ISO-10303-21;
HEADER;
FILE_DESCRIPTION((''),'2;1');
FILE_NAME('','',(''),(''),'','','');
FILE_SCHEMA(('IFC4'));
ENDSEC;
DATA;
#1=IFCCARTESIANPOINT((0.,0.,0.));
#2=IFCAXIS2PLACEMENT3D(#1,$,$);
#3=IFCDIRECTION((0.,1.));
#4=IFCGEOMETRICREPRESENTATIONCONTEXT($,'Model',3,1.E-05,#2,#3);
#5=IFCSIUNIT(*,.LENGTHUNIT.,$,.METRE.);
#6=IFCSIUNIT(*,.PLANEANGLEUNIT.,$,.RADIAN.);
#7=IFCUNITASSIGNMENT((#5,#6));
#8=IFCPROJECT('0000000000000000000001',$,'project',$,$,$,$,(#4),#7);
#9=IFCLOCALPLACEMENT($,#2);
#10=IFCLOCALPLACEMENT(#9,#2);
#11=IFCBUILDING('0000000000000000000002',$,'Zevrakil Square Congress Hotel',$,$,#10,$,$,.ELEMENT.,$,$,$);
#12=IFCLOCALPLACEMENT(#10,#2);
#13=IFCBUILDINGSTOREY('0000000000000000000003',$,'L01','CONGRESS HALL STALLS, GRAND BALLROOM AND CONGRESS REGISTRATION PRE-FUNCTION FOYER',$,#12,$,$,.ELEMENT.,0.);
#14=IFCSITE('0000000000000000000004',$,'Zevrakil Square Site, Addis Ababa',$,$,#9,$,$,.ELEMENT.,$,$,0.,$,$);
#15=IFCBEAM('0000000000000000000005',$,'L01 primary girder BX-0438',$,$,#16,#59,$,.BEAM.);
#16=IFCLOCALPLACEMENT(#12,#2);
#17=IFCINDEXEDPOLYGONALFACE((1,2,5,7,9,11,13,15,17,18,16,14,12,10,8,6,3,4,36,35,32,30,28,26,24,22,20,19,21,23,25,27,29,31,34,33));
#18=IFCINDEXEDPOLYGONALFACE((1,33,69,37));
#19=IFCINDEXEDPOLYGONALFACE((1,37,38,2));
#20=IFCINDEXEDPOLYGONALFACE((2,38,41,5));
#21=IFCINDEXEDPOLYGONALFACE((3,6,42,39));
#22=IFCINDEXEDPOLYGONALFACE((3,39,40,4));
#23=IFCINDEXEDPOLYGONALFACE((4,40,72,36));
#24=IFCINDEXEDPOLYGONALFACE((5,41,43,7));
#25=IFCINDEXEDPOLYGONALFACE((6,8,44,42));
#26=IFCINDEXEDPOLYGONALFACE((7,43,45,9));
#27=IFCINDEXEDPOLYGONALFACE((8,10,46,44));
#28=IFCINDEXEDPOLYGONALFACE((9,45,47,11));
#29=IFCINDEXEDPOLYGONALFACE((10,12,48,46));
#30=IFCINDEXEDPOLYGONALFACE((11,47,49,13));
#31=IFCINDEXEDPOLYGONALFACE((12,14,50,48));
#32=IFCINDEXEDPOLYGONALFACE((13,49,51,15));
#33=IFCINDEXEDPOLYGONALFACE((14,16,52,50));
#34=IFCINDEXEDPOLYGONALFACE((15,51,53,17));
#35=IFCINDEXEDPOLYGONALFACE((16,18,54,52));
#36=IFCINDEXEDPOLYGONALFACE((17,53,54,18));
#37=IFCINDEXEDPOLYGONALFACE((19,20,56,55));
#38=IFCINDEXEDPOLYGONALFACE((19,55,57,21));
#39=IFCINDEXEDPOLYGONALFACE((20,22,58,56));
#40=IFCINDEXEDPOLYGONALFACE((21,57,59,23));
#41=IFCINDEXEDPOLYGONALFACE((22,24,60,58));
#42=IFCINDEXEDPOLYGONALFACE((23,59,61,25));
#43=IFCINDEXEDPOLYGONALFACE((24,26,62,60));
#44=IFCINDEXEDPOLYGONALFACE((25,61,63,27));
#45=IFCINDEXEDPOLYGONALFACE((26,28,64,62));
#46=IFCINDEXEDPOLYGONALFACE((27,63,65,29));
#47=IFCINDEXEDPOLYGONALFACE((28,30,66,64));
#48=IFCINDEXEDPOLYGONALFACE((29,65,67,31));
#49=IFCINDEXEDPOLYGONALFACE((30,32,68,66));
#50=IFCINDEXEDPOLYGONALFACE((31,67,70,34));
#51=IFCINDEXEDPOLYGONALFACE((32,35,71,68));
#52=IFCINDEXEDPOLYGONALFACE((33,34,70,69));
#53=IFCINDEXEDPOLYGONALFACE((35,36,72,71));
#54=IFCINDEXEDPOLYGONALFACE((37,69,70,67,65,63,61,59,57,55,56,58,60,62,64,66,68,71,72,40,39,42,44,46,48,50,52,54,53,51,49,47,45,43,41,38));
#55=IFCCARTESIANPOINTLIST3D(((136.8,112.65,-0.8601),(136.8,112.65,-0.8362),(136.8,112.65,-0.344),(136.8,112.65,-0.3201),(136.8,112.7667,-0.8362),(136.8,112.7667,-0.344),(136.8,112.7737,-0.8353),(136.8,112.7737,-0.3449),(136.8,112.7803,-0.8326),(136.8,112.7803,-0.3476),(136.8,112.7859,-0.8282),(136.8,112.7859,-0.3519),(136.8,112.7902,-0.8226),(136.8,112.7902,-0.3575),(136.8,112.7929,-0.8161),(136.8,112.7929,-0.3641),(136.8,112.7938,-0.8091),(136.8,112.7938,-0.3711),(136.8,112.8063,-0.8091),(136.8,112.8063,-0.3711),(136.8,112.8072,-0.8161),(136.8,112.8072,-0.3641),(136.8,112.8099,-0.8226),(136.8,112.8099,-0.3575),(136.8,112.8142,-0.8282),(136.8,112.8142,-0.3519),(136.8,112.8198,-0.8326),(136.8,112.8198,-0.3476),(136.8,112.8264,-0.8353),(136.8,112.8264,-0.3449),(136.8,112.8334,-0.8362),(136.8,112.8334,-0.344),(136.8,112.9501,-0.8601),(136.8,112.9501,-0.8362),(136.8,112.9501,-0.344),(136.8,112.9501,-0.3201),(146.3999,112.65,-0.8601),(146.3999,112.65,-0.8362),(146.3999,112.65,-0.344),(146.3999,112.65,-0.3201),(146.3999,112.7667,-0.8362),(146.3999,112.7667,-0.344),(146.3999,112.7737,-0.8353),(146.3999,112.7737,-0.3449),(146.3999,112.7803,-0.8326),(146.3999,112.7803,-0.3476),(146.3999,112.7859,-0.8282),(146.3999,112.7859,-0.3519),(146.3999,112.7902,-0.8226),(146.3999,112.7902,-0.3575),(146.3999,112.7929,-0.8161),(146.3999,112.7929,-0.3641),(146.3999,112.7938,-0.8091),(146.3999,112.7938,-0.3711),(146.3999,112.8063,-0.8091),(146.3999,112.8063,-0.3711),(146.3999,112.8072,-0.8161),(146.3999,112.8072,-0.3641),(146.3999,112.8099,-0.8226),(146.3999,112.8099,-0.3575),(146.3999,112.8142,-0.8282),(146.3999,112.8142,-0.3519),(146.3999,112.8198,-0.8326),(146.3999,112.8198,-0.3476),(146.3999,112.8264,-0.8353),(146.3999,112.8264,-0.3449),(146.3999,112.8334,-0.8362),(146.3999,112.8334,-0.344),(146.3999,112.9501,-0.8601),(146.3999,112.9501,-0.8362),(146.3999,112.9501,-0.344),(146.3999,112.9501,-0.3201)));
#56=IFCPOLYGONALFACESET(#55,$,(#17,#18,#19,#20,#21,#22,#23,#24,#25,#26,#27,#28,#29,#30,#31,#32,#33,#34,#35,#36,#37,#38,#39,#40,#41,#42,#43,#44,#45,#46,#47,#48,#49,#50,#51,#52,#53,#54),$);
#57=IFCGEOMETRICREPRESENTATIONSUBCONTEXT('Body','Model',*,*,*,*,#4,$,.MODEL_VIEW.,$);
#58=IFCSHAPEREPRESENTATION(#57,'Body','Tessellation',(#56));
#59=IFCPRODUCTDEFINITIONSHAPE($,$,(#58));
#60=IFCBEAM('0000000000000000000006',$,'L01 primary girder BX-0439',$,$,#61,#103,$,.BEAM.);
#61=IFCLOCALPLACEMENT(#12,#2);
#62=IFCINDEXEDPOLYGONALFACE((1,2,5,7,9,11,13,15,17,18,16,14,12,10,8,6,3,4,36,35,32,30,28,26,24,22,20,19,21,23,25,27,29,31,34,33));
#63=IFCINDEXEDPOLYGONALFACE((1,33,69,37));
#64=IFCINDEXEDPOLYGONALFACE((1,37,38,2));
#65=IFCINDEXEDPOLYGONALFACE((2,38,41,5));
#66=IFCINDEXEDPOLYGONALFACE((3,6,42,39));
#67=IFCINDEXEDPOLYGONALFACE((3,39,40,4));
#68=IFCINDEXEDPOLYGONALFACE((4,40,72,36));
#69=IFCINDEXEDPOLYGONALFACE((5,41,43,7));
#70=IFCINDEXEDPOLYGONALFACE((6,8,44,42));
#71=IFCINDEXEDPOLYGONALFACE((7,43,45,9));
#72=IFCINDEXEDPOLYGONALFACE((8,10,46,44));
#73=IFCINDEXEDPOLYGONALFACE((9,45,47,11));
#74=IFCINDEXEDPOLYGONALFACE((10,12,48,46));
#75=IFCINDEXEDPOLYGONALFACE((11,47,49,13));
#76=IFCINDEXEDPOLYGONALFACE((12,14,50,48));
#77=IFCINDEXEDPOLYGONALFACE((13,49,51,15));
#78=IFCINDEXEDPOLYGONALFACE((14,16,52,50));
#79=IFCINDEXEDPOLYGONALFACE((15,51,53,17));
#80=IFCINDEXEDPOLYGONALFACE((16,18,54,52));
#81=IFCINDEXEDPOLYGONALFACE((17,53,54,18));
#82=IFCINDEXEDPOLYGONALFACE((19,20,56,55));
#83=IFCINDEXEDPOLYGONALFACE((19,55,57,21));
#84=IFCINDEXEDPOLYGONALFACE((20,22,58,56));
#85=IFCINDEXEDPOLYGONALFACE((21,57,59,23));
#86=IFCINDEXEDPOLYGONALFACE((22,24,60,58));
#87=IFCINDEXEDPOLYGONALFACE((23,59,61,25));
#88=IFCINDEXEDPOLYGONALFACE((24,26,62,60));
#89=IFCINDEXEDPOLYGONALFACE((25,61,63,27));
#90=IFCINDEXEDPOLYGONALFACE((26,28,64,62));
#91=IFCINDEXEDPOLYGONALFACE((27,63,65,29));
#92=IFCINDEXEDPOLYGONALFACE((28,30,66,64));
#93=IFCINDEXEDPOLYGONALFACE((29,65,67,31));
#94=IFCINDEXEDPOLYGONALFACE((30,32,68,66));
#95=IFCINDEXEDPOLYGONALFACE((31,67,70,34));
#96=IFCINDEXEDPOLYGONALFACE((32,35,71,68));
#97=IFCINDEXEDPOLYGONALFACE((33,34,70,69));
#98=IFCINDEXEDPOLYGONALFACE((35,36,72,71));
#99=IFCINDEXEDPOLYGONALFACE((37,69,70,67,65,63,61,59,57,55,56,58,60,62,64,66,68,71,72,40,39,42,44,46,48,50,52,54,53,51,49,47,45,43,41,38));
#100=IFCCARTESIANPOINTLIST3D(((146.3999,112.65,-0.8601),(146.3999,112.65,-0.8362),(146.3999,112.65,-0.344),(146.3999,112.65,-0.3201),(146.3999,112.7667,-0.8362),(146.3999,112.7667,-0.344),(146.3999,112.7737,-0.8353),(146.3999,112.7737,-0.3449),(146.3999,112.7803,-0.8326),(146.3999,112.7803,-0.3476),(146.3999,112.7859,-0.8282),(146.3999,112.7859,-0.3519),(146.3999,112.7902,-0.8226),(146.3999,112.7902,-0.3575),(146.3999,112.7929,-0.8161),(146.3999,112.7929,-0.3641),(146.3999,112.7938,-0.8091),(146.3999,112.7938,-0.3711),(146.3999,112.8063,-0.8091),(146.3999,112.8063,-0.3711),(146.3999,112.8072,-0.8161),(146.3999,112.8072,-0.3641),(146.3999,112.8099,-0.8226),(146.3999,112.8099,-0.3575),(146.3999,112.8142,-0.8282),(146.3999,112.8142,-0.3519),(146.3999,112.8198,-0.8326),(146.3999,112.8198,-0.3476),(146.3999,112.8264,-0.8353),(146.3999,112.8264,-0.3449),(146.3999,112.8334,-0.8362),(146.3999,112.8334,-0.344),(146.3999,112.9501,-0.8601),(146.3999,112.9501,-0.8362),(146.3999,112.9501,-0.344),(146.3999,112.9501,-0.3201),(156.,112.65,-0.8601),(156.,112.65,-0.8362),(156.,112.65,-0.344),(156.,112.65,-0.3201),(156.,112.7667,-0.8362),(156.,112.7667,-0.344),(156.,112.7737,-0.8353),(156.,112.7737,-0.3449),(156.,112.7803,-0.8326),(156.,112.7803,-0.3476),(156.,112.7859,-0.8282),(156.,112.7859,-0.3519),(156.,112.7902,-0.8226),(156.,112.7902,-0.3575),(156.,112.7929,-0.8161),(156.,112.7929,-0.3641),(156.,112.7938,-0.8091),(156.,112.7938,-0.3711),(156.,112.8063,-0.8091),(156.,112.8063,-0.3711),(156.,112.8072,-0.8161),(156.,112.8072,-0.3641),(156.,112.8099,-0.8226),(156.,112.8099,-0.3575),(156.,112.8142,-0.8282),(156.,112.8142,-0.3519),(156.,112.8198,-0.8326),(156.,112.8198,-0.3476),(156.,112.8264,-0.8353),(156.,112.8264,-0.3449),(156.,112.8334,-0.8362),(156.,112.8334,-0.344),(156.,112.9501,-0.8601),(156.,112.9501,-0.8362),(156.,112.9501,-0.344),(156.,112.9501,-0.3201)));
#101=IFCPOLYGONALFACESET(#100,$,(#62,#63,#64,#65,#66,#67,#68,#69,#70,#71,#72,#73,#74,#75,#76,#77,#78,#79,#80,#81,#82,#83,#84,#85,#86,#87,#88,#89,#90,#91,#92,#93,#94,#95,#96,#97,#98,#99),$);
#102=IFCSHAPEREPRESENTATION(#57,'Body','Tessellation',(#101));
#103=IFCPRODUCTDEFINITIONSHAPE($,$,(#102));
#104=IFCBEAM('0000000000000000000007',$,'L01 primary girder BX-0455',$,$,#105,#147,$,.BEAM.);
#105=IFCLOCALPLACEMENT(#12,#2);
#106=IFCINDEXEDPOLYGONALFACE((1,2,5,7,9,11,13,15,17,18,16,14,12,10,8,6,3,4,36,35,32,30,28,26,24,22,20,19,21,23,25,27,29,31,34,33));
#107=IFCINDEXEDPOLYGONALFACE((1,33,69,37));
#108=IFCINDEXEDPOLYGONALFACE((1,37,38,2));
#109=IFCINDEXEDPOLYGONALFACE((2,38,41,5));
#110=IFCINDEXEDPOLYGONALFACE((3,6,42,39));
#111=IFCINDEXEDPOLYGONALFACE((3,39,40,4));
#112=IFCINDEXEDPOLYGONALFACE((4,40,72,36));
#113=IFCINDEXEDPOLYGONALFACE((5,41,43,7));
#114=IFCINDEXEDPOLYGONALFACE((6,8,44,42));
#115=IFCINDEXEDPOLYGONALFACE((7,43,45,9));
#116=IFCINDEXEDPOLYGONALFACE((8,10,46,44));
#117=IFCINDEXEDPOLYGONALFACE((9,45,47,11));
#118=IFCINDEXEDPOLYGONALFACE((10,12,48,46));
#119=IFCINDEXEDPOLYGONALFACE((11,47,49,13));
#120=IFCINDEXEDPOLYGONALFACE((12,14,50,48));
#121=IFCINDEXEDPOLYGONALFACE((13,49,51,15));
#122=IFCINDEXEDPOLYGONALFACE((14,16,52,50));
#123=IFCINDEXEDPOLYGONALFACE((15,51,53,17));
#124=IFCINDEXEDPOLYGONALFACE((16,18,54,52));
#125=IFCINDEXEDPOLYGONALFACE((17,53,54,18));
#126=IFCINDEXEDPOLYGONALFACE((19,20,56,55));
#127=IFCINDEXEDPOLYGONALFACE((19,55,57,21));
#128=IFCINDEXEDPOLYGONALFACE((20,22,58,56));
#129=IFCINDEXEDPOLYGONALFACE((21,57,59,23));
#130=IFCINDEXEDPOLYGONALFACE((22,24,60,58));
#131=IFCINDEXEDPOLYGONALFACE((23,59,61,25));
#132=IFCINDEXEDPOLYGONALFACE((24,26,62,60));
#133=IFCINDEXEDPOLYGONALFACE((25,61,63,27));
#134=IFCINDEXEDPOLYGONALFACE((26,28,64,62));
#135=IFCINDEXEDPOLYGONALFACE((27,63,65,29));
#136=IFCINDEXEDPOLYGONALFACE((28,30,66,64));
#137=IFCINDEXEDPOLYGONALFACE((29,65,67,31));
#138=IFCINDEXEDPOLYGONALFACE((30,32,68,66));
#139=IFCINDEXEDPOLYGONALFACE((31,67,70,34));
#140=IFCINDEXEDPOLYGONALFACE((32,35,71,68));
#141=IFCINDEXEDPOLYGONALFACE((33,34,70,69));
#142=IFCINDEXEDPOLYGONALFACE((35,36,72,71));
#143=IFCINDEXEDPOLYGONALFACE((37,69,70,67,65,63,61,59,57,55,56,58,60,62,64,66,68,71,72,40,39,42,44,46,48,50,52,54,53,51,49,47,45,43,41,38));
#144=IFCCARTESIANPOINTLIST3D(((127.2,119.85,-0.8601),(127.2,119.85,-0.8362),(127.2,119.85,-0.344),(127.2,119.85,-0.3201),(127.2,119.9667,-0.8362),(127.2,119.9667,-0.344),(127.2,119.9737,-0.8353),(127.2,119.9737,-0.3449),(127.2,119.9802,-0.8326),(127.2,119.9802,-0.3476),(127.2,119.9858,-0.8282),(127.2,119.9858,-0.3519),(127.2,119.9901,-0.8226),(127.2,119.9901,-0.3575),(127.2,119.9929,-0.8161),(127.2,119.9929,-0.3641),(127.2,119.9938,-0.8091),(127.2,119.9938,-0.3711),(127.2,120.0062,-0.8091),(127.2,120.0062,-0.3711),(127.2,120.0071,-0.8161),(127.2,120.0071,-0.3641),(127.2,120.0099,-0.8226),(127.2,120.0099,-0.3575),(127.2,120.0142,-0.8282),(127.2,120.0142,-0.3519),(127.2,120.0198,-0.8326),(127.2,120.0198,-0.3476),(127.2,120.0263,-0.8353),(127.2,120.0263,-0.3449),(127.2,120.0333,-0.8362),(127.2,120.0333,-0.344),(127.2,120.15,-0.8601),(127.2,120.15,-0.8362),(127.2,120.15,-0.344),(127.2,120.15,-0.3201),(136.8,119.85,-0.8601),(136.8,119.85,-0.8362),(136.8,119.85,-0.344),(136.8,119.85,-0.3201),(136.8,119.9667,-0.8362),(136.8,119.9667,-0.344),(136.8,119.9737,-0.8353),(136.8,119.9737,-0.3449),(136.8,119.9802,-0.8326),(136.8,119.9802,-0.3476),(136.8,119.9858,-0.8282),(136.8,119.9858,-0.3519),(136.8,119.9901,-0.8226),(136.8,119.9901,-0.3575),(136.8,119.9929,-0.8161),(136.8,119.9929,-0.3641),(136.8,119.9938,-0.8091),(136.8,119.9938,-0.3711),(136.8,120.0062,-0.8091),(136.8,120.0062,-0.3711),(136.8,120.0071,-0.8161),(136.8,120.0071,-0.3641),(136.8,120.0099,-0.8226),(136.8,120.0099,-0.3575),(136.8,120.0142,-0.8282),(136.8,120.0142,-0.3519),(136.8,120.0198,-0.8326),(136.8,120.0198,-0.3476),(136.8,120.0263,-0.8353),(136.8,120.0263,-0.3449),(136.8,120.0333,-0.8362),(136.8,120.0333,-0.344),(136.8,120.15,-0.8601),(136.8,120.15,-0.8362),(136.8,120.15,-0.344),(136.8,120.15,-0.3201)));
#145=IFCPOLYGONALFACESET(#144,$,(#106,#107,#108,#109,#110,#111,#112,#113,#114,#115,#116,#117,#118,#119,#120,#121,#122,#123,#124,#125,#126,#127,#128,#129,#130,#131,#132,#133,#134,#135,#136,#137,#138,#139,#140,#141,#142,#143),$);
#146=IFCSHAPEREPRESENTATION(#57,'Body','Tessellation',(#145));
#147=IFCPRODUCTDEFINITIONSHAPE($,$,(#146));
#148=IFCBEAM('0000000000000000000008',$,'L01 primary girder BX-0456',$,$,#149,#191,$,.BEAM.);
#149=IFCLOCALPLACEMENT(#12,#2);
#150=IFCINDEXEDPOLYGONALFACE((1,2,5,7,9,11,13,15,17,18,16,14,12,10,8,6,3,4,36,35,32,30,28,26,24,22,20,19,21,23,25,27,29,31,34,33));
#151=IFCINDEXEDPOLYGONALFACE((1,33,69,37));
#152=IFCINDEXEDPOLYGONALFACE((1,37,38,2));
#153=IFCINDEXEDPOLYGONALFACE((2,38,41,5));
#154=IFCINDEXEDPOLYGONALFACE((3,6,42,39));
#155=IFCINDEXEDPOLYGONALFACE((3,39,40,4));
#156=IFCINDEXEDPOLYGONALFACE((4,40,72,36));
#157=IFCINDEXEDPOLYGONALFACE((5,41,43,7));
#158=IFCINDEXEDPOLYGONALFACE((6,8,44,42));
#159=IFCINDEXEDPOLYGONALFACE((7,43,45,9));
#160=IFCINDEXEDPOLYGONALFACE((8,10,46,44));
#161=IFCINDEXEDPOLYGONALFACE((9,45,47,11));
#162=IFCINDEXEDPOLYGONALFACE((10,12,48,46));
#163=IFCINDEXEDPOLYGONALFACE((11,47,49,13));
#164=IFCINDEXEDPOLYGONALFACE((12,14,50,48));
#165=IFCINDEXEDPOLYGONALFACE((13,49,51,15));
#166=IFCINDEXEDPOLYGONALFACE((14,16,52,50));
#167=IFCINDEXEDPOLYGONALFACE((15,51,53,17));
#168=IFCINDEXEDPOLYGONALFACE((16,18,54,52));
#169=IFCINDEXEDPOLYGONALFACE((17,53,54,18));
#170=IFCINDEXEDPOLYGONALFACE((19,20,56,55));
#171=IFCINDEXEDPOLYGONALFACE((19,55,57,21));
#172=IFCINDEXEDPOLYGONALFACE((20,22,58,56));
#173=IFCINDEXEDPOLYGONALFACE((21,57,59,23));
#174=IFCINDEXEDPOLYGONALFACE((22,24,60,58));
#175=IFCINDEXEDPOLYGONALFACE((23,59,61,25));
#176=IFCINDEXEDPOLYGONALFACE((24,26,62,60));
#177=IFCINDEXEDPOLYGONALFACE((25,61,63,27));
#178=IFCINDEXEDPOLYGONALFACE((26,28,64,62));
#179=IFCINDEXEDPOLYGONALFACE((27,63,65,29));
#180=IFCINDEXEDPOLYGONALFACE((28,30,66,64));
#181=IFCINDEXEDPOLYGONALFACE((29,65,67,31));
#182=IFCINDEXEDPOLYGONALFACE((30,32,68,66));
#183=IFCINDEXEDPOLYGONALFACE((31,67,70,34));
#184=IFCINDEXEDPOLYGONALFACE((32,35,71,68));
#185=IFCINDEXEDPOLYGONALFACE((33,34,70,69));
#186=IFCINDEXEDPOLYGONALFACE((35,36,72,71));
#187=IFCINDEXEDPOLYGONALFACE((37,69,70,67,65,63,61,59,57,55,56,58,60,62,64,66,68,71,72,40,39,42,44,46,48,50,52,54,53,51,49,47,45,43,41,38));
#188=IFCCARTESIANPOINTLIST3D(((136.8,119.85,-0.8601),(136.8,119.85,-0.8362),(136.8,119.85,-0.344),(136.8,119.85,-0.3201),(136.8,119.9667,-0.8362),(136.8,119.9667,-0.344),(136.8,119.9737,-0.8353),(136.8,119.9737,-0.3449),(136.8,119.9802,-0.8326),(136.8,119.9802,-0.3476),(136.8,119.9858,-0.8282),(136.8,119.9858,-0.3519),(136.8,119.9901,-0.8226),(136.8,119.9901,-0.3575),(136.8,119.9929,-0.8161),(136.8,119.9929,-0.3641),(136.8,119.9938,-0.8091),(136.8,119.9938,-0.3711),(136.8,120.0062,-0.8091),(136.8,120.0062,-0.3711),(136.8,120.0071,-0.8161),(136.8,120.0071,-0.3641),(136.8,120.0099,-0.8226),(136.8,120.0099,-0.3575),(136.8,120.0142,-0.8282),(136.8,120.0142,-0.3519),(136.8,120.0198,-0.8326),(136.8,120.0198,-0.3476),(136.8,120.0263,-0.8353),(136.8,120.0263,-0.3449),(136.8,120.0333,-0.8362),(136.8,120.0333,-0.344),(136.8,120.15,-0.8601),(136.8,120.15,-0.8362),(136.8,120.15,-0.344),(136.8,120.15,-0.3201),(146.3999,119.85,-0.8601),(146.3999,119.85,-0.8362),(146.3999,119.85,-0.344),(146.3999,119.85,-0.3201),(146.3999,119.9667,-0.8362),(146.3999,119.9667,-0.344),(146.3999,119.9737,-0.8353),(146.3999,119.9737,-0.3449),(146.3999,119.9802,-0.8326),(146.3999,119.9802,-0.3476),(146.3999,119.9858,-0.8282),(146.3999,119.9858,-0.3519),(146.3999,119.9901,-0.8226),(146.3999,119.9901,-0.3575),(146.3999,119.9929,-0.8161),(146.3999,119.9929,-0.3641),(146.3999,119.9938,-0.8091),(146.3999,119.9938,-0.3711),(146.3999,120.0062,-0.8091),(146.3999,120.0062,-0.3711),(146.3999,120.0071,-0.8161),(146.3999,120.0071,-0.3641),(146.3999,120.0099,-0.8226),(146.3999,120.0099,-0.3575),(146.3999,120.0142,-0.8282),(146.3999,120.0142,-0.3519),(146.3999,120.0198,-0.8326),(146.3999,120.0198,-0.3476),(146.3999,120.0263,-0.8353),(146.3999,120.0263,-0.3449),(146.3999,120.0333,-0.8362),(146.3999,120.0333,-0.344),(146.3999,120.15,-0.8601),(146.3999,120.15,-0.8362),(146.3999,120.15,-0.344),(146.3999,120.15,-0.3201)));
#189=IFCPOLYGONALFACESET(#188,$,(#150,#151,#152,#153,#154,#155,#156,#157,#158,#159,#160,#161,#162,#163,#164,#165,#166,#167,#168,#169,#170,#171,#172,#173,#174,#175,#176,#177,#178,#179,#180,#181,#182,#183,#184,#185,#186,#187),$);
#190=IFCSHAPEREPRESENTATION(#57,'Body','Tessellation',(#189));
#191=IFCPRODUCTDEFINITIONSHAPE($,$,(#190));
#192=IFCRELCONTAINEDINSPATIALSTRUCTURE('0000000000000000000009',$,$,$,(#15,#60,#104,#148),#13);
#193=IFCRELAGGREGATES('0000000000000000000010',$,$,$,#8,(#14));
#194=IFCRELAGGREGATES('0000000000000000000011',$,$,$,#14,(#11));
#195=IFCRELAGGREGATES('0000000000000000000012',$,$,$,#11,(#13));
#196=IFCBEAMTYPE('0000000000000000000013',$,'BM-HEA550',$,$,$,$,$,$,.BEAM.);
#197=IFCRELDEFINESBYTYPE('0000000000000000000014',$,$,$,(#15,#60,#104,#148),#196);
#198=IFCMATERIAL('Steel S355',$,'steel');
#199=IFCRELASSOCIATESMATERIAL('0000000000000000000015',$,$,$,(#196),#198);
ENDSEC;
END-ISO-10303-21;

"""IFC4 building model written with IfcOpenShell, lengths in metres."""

from ifc_helpers import new_model, si_unit, direction, frame, origin, origin_2d, place, context, subcontext, project, spatial, i_section, extrude, material, material_profile, profile_set, type_object, element, save


model = new_model("IFC4")

# Units and contexts
model_context = context("Model", 3, precision=1e-05, world=origin(), true_north=direction((0.0, 1.0)))
body_context = subcontext(model_context, "Body", "Model", "MODEL_VIEW")
ifc_project = project(units=[si_unit("LENGTHUNIT", "METRE"), si_unit("PLANEANGLEUNIT", "RADIAN")], contexts=[model_context])

# Site, building, storey
site_placement = place(None, origin())
site = spatial("IfcSite", under=ifc_project, at=site_placement, Name="Zevrakil Square Site, Addis Ababa", CompositionType="ELEMENT", RefElevation=0.0)
building_placement = place(site_placement, origin())
building = spatial("IfcBuilding", under=site, at=building_placement, Name="Zevrakil Square Congress Hotel", CompositionType="ELEMENT")
storey_placement = place(building_placement, origin())
storey = spatial("IfcBuildingStorey", under=building, at=storey_placement, Name="L01", Description="CONGRESS HALL STALLS, GRAND BALLROOM AND CONGRESS REGISTRATION PRE-FUNCTION FOYER", CompositionType="ELEMENT", Elevation=0.0)

# Beams
ifc_material_1 = material(Name="Steel S355", Category="steel")
ifc_material_profile_1 = material_profile(ifc_material_1, i_section(OverallWidth=0.3, OverallDepth=0.54, WebThickness=0.0125, FlangeThickness=0.0239, FilletRadius=0.0271, at=origin_2d()), Name="HEA 550")
ifc_profile_set_1 = profile_set([ifc_material_profile_1], Name="Steel S355")
beam_type_1 = type_object("IfcBeamType", Name="BM-HEA550", PredefinedType="BEAM", material=ifc_profile_set_1)
beam_1_placement = place(storey_placement, frame((136.8, 112.8, -0.5901), z_axis=(1.0, 0.0, 0.0), x_axis=(0.0, 1.0, 0.0)))
element("IfcBeam", 1, at=beam_1_placement, inside=storey, type_object=beam_type_1, Name="L01 primary girder BX-0438", PredefinedType="BEAM", context=body_context, shape_type="SweptSolid", body=[
    extrude(i_section(OverallWidth=0.3, OverallDepth=0.54, WebThickness=0.0125, FlangeThickness=0.0239, FilletRadius=0.0271, at=origin_2d()), origin(), (0.0, 0.0, 1.0), 9.5999),
])
for number, where, z_axis, x_axis, name in (
    (2, (146.3999, 112.8, -0.5901), (1.0, 0.0, 0.0), (0.0, 1.0, 0.0), "L01 primary girder BX-0439"),
    (3, (127.2, 120.0, -0.5901), (1.0, 0.0, 0.0), (0.0, 1.0, 0.0), "L01 primary girder BX-0455"),
):
    element("IfcBeam", number, at=place(storey_placement, frame(where, z_axis=z_axis, x_axis=x_axis)), inside=storey, type_object=beam_type_1, Name=name, PredefinedType="BEAM", context=body_context, shape_type="SweptSolid", body=[
        extrude(i_section(OverallWidth=0.3, OverallDepth=0.54, WebThickness=0.0125, FlangeThickness=0.0239, FilletRadius=0.0271, at=origin_2d()), origin(), (0.0, 0.0, 1.0), 9.6001),
    ])
beam_2_placement = place(storey_placement, frame((136.8, 120.0, -0.5901), z_axis=(1.0, 0.0, 0.0), x_axis=(0.0, 1.0, 0.0)))
element("IfcBeam", 4, at=beam_2_placement, inside=storey, type_object=beam_type_1, Name="L01 primary girder BX-0456", PredefinedType="BEAM", context=body_context, shape_type="SweptSolid", body=[
    extrude(i_section(OverallWidth=0.3, OverallDepth=0.54, WebThickness=0.0125, FlangeThickness=0.0239, FilletRadius=0.0271, at=origin_2d()), origin(), (0.0, 0.0, 1.0), 9.5999),
])

save(model, "model.ifc")
